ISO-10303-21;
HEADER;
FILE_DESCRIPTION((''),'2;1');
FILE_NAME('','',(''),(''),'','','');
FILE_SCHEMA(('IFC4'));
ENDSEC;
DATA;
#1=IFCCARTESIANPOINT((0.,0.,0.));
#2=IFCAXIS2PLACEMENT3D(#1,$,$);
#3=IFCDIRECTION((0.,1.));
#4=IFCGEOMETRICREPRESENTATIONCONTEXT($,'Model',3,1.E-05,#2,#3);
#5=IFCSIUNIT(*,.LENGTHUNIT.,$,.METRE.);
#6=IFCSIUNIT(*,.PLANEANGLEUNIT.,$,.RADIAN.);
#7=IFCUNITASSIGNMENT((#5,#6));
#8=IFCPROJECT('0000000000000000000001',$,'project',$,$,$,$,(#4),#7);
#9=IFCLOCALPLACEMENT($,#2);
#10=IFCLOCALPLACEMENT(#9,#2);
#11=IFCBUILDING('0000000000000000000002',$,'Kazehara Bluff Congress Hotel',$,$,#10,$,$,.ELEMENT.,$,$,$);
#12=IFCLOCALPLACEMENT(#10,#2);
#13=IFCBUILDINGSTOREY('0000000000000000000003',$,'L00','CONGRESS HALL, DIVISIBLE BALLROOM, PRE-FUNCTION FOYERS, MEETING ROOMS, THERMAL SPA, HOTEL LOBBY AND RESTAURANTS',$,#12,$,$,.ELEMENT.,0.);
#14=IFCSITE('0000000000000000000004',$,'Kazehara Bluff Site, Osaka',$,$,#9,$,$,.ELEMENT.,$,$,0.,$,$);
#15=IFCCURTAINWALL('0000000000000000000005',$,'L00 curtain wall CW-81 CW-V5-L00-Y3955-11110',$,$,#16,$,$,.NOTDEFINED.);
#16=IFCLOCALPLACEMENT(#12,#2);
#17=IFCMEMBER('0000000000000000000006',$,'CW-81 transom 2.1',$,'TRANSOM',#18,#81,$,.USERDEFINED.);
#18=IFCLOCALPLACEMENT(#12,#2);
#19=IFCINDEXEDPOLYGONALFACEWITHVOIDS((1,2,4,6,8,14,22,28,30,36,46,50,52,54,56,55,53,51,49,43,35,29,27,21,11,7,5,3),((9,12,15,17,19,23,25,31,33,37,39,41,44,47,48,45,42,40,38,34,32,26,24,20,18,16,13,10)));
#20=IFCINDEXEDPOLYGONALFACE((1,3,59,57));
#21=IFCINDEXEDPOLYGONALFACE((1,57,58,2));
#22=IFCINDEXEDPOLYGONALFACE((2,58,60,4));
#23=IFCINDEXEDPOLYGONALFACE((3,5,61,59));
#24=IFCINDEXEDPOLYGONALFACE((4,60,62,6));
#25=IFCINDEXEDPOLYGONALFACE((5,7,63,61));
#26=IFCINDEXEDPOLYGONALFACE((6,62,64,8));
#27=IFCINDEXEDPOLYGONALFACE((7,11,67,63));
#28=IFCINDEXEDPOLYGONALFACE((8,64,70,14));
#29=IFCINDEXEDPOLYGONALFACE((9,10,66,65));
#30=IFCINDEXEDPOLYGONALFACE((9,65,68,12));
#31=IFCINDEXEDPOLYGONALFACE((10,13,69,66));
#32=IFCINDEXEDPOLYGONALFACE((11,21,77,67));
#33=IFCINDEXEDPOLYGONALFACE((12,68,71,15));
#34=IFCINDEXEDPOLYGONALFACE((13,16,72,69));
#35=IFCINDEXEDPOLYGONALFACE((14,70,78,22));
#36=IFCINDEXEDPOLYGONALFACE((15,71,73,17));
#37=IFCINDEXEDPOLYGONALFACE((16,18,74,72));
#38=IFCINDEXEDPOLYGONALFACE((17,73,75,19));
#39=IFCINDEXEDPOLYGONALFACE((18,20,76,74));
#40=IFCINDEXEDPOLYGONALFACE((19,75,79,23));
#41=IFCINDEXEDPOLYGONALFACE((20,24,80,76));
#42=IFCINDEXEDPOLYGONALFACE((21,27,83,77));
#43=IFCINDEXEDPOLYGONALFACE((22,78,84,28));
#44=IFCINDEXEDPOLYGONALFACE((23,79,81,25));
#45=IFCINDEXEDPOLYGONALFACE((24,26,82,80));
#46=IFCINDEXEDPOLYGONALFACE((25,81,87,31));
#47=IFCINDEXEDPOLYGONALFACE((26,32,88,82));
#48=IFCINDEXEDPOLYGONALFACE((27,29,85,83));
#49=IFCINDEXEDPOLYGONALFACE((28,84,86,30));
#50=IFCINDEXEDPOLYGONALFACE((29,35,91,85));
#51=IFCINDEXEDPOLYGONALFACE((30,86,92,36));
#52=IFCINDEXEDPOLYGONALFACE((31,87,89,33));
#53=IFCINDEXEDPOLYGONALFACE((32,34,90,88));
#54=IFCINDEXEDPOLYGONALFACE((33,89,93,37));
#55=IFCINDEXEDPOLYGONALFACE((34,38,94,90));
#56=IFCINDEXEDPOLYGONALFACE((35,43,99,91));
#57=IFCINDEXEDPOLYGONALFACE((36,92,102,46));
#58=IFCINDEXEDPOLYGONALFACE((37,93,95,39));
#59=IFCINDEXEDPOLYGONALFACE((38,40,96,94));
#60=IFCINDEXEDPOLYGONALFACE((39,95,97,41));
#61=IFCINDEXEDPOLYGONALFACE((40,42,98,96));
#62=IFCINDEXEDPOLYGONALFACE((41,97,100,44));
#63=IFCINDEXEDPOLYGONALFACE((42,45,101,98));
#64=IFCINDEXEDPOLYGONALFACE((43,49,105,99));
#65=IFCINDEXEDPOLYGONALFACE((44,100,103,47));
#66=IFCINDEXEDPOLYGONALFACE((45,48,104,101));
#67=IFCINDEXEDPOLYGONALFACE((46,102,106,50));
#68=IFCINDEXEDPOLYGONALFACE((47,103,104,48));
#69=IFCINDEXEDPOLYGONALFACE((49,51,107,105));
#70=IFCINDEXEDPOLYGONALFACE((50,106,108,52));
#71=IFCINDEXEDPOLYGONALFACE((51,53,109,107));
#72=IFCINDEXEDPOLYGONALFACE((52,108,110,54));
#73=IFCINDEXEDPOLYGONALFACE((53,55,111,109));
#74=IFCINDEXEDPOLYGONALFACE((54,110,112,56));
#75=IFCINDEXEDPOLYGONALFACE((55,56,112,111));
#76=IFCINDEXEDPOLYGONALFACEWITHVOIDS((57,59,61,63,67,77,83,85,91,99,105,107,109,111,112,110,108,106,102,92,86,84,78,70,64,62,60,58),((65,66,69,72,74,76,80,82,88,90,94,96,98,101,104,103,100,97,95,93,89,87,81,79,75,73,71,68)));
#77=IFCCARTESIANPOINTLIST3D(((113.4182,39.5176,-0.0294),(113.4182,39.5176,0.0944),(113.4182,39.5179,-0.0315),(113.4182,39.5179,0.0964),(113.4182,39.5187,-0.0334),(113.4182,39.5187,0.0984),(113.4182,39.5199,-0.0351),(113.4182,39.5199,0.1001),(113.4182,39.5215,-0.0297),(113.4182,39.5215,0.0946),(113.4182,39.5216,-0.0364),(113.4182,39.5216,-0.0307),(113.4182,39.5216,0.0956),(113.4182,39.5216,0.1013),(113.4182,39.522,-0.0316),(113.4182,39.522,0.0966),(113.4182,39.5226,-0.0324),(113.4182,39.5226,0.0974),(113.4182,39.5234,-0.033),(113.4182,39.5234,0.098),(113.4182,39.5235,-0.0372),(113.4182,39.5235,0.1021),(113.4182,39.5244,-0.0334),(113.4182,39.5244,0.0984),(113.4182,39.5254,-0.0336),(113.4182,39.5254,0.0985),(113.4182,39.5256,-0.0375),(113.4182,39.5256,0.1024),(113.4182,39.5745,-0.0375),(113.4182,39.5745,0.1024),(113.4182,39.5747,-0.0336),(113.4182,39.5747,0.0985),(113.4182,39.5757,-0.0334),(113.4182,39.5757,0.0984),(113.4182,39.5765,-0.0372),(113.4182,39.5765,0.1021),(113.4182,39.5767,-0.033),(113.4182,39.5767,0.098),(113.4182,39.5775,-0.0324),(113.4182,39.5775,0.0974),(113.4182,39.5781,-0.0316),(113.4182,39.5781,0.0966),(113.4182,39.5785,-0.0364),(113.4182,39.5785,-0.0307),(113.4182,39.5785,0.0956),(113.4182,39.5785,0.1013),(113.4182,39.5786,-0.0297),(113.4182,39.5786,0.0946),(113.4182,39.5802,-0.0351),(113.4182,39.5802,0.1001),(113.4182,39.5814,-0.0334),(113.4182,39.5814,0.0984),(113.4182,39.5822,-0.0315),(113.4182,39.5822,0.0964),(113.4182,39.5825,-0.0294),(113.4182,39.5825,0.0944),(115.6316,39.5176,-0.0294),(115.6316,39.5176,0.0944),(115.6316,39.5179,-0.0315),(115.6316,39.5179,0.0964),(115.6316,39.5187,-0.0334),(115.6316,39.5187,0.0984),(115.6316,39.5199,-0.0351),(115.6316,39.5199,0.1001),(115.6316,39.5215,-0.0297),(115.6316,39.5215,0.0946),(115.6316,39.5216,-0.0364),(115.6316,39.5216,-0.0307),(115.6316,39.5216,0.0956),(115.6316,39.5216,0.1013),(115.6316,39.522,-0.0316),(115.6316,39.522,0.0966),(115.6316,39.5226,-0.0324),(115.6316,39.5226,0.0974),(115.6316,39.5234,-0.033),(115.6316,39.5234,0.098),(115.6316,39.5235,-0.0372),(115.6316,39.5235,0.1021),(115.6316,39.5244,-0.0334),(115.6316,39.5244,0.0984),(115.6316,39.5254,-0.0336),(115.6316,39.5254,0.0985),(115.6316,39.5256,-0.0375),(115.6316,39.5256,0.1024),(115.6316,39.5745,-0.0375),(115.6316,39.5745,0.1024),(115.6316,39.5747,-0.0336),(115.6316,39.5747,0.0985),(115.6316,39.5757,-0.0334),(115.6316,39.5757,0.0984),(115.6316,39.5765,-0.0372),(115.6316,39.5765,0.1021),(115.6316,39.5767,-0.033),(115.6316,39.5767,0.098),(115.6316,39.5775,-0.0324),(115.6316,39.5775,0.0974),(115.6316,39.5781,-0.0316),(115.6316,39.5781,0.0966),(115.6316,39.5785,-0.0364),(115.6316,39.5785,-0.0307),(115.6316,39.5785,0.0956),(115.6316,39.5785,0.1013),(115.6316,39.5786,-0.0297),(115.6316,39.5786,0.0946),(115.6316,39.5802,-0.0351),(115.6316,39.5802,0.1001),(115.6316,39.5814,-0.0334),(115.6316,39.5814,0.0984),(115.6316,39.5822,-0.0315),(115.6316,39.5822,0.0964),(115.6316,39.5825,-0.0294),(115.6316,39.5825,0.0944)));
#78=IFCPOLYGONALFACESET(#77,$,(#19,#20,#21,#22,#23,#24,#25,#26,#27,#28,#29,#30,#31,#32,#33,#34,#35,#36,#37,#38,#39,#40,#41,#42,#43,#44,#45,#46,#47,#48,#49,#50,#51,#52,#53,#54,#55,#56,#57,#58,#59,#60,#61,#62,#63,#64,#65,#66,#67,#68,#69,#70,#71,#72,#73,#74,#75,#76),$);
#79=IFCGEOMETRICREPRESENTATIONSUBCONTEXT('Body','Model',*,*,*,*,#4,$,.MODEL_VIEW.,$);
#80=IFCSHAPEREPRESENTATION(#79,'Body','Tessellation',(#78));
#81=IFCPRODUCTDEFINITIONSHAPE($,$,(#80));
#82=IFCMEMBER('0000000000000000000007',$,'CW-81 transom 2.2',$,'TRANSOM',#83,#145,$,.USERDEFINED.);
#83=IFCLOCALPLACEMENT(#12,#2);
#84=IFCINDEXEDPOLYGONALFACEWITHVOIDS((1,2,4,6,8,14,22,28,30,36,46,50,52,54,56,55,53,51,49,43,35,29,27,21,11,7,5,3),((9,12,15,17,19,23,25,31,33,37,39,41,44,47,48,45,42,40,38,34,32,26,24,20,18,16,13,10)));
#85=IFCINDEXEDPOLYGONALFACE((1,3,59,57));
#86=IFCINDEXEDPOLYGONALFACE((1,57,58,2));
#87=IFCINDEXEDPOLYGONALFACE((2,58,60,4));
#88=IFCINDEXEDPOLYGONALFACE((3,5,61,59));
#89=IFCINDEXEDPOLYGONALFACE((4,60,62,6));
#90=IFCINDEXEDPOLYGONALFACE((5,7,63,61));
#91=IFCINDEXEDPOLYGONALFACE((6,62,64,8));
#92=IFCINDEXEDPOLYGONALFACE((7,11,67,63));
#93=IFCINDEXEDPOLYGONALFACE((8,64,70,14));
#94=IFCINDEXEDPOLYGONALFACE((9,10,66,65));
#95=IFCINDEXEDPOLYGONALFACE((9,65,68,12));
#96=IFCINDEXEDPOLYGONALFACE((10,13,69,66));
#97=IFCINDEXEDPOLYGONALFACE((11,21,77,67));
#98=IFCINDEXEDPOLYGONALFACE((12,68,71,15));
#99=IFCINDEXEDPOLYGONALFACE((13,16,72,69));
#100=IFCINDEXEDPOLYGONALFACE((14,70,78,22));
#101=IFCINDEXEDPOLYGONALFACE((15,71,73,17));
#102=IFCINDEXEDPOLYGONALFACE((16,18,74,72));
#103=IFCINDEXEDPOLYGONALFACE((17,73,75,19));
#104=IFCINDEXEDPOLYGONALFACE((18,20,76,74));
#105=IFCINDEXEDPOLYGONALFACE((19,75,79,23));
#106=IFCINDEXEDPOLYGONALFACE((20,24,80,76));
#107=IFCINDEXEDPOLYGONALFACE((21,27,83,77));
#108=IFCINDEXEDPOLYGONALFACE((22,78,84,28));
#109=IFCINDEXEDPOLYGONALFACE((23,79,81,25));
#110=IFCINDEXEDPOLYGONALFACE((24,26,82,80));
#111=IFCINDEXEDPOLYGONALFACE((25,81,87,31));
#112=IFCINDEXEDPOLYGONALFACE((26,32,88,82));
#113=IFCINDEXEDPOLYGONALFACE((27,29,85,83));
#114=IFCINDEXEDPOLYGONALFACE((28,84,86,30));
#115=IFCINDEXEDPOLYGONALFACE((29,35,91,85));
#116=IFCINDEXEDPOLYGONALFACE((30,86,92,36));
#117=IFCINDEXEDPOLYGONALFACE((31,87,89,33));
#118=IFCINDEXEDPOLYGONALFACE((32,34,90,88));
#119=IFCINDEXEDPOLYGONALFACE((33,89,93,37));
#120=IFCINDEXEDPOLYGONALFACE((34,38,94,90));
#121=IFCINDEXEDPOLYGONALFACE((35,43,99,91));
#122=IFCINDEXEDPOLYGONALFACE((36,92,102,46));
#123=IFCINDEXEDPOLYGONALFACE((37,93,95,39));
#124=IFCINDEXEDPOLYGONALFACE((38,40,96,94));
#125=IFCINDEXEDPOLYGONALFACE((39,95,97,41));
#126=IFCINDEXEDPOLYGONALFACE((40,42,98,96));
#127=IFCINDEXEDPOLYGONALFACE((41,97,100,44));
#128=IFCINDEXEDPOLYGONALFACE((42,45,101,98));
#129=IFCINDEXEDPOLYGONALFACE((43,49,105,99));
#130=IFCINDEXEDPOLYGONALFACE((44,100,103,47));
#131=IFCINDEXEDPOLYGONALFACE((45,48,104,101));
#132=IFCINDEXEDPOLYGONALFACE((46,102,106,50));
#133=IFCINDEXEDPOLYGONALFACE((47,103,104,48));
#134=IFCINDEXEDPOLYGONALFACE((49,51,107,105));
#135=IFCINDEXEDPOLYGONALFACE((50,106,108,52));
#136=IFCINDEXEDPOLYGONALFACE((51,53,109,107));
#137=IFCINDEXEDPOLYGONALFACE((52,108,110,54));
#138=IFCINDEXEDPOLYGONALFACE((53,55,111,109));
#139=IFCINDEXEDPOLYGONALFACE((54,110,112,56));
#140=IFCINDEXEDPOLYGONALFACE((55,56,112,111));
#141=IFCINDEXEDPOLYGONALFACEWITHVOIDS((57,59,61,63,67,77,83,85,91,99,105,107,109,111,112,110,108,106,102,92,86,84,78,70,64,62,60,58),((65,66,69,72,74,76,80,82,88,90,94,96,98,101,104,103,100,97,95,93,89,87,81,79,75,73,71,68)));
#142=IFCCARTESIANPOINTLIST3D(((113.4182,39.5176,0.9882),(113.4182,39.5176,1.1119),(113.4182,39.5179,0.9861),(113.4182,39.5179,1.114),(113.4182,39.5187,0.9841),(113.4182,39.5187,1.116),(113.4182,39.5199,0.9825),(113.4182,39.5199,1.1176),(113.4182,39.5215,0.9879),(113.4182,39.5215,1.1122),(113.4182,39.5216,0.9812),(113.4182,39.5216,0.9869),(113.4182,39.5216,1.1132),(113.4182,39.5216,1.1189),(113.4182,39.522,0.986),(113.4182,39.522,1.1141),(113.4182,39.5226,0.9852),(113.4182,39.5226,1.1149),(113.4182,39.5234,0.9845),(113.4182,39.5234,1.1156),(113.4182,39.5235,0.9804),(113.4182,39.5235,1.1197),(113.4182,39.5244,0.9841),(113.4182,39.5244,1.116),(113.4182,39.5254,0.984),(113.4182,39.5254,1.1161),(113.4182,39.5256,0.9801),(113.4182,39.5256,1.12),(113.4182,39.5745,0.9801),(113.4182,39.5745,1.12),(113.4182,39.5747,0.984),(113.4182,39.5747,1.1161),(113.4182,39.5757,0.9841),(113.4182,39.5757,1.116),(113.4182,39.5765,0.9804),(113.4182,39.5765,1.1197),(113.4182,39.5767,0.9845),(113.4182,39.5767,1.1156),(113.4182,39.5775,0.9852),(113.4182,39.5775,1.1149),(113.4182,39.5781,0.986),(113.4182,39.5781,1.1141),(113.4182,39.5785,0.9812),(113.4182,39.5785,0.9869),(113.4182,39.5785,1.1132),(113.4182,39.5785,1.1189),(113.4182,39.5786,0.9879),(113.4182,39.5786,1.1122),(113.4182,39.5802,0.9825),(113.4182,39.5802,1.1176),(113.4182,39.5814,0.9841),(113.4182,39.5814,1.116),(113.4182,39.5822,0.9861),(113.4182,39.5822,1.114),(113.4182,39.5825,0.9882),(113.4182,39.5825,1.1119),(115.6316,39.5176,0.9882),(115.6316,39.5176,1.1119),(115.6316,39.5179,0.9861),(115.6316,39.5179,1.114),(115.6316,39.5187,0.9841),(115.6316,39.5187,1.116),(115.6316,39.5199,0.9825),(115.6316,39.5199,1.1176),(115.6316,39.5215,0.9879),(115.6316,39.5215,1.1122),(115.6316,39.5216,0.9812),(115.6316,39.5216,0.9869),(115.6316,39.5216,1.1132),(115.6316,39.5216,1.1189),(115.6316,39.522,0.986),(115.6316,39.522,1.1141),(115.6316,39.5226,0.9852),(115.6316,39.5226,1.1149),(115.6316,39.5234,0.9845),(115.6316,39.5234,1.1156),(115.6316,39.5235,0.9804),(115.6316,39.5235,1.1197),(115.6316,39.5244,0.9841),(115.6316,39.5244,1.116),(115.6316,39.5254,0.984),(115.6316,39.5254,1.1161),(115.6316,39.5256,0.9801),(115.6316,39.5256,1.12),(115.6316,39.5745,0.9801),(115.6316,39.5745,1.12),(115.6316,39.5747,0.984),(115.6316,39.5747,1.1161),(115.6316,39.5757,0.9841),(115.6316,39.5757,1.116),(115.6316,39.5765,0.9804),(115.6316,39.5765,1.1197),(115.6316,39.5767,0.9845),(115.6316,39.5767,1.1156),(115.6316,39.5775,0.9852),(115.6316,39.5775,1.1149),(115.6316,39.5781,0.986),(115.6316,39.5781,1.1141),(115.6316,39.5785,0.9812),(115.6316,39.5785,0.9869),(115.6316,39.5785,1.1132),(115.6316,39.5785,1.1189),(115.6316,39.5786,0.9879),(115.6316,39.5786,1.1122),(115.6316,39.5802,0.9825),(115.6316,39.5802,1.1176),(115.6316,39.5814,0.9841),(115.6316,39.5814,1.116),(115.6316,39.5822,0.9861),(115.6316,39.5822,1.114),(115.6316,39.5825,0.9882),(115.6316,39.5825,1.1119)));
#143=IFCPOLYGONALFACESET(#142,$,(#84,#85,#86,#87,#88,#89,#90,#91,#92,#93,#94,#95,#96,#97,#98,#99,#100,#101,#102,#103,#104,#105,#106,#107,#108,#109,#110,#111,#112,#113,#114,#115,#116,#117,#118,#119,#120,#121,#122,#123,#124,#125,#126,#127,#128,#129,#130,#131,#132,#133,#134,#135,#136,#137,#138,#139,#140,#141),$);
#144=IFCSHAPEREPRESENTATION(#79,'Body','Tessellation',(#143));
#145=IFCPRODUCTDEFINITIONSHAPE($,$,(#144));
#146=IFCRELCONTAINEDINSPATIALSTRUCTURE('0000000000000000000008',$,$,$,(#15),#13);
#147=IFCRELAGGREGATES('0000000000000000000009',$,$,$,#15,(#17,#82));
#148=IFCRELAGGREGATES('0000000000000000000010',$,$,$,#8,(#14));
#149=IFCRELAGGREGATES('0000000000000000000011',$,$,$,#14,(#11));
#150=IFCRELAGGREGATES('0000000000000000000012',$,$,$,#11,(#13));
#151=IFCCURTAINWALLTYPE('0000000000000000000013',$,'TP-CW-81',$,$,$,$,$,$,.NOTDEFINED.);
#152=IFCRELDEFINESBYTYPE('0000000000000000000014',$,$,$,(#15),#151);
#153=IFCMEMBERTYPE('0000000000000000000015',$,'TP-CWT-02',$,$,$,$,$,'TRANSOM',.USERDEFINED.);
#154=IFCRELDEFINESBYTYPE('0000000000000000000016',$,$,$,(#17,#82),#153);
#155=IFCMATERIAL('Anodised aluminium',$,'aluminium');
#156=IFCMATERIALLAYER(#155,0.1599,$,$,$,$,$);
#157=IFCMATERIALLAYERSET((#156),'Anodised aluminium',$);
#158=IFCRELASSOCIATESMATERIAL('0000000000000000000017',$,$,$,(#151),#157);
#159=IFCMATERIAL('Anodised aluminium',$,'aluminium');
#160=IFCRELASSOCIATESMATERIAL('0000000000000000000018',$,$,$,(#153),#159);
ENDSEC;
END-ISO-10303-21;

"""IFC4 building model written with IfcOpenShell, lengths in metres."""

from ifc_helpers import new_model, si_unit, direction, frame, origin, origin_2d, place, context, subcontext, project, spatial, hollow_rectangle, extrude, material, layer, layer_set, material_profile, profile_set, type_object, element, aggregate, save


model = new_model("IFC4")

# Units and contexts
model_context = context("Model", 3, precision=1e-05, world=origin(), true_north=direction((0.0, 1.0)))
body_context = subcontext(model_context, "Body", "Model", "MODEL_VIEW")
ifc_project = project(units=[si_unit("LENGTHUNIT", "METRE"), si_unit("PLANEANGLEUNIT", "RADIAN")], contexts=[model_context])

# Site, building, storey
site_placement = place(None, origin())
site = spatial("IfcSite", under=ifc_project, at=site_placement, Name="Kazehara Bluff Site, Osaka", CompositionType="ELEMENT", RefElevation=0.0)
building_placement = place(site_placement, origin())
building = spatial("IfcBuilding", under=site, at=building_placement, Name="Kazehara Bluff Congress Hotel", CompositionType="ELEMENT")
storey_placement = place(building_placement, origin())
storey = spatial("IfcBuildingStorey", under=building, at=storey_placement, Name="L00", Description="CONGRESS HALL, DIVISIBLE BALLROOM, PRE-FUNCTION FOYERS, MEETING ROOMS, THERMAL SPA, HOTEL LOBBY AND RESTAURANTS", CompositionType="ELEMENT", Elevation=0.0)

# Curtain wall
ifc_material_1 = material(Name="Anodised aluminium", Category="aluminium")
ifc_layer_1 = layer(ifc_material_1, 0.1599)
ifc_layer_set_1 = layer_set([ifc_layer_1], Name="Anodised aluminium")
curtain_wall_type_1 = type_object("IfcCurtainWallType", Name="TP-CW-81", PredefinedType="NOTDEFINED", material=ifc_layer_set_1)
curtain_wall_1_placement = place(storey_placement, origin())
curtain_wall_1 = element("IfcCurtainWall", 1, at=curtain_wall_1_placement, inside=storey, type_object=curtain_wall_type_1, Name="L00 curtain wall CW-81 CW-V5-L00-Y3955-11110", PredefinedType="NOTDEFINED")

# Members
ifc_material_2 = material(Name="Anodised aluminium", Category="aluminium")
ifc_material_profile_1 = material_profile(ifc_material_2, hollow_rectangle(XDim=0.0649, YDim=0.1399, WallThickness=0.0039, InnerFilletRadius=0.0039, OuterFilletRadius=0.0081, at=origin_2d()))
ifc_profile_set_1 = profile_set([ifc_material_profile_1], Name="Anodised aluminium")
member_type_1 = type_object("IfcMemberType", Name="TP-CWT-02", ElementType="TRANSOM", PredefinedType="USERDEFINED", material=ifc_profile_set_1)
member_1_placement = place(storey_placement, frame((113.4182, 39.55, 0.0325), z_axis=(1.0, 0.0, 0.0), x_axis=(0.0, 1.0, 0.0)))
member_1 = element("IfcMember", 2, at=member_1_placement, type_object=member_type_1, Name="CW-81 transom 2.1", ObjectType="TRANSOM", PredefinedType="USERDEFINED", context=body_context, shape_type="SweptSolid", body=[
    extrude(hollow_rectangle(XDim=0.0649, YDim=0.1399, WallThickness=0.0039, InnerFilletRadius=0.0039, OuterFilletRadius=0.0081, at=origin_2d()), origin(), (0.0, 0.0, 1.0), 2.2134),
])
member_2_placement = place(storey_placement, frame((113.4182, 39.55, 1.05), z_axis=(1.0, 0.0, 0.0), x_axis=(0.0, 1.0, 0.0)))
member_2 = element("IfcMember", 3, at=member_2_placement, type_object=member_type_1, Name="CW-81 transom 2.2", ObjectType="TRANSOM", PredefinedType="USERDEFINED", context=body_context, shape_type="SweptSolid", body=[
    extrude(hollow_rectangle(XDim=0.0649, YDim=0.1399, WallThickness=0.0039, InnerFilletRadius=0.0039, OuterFilletRadius=0.0081, at=origin_2d()), origin(), (0.0, 0.0, 1.0), 2.2134),
])

aggregate(curtain_wall_1, [member_1, member_2])

save(model, "model.ifc")
